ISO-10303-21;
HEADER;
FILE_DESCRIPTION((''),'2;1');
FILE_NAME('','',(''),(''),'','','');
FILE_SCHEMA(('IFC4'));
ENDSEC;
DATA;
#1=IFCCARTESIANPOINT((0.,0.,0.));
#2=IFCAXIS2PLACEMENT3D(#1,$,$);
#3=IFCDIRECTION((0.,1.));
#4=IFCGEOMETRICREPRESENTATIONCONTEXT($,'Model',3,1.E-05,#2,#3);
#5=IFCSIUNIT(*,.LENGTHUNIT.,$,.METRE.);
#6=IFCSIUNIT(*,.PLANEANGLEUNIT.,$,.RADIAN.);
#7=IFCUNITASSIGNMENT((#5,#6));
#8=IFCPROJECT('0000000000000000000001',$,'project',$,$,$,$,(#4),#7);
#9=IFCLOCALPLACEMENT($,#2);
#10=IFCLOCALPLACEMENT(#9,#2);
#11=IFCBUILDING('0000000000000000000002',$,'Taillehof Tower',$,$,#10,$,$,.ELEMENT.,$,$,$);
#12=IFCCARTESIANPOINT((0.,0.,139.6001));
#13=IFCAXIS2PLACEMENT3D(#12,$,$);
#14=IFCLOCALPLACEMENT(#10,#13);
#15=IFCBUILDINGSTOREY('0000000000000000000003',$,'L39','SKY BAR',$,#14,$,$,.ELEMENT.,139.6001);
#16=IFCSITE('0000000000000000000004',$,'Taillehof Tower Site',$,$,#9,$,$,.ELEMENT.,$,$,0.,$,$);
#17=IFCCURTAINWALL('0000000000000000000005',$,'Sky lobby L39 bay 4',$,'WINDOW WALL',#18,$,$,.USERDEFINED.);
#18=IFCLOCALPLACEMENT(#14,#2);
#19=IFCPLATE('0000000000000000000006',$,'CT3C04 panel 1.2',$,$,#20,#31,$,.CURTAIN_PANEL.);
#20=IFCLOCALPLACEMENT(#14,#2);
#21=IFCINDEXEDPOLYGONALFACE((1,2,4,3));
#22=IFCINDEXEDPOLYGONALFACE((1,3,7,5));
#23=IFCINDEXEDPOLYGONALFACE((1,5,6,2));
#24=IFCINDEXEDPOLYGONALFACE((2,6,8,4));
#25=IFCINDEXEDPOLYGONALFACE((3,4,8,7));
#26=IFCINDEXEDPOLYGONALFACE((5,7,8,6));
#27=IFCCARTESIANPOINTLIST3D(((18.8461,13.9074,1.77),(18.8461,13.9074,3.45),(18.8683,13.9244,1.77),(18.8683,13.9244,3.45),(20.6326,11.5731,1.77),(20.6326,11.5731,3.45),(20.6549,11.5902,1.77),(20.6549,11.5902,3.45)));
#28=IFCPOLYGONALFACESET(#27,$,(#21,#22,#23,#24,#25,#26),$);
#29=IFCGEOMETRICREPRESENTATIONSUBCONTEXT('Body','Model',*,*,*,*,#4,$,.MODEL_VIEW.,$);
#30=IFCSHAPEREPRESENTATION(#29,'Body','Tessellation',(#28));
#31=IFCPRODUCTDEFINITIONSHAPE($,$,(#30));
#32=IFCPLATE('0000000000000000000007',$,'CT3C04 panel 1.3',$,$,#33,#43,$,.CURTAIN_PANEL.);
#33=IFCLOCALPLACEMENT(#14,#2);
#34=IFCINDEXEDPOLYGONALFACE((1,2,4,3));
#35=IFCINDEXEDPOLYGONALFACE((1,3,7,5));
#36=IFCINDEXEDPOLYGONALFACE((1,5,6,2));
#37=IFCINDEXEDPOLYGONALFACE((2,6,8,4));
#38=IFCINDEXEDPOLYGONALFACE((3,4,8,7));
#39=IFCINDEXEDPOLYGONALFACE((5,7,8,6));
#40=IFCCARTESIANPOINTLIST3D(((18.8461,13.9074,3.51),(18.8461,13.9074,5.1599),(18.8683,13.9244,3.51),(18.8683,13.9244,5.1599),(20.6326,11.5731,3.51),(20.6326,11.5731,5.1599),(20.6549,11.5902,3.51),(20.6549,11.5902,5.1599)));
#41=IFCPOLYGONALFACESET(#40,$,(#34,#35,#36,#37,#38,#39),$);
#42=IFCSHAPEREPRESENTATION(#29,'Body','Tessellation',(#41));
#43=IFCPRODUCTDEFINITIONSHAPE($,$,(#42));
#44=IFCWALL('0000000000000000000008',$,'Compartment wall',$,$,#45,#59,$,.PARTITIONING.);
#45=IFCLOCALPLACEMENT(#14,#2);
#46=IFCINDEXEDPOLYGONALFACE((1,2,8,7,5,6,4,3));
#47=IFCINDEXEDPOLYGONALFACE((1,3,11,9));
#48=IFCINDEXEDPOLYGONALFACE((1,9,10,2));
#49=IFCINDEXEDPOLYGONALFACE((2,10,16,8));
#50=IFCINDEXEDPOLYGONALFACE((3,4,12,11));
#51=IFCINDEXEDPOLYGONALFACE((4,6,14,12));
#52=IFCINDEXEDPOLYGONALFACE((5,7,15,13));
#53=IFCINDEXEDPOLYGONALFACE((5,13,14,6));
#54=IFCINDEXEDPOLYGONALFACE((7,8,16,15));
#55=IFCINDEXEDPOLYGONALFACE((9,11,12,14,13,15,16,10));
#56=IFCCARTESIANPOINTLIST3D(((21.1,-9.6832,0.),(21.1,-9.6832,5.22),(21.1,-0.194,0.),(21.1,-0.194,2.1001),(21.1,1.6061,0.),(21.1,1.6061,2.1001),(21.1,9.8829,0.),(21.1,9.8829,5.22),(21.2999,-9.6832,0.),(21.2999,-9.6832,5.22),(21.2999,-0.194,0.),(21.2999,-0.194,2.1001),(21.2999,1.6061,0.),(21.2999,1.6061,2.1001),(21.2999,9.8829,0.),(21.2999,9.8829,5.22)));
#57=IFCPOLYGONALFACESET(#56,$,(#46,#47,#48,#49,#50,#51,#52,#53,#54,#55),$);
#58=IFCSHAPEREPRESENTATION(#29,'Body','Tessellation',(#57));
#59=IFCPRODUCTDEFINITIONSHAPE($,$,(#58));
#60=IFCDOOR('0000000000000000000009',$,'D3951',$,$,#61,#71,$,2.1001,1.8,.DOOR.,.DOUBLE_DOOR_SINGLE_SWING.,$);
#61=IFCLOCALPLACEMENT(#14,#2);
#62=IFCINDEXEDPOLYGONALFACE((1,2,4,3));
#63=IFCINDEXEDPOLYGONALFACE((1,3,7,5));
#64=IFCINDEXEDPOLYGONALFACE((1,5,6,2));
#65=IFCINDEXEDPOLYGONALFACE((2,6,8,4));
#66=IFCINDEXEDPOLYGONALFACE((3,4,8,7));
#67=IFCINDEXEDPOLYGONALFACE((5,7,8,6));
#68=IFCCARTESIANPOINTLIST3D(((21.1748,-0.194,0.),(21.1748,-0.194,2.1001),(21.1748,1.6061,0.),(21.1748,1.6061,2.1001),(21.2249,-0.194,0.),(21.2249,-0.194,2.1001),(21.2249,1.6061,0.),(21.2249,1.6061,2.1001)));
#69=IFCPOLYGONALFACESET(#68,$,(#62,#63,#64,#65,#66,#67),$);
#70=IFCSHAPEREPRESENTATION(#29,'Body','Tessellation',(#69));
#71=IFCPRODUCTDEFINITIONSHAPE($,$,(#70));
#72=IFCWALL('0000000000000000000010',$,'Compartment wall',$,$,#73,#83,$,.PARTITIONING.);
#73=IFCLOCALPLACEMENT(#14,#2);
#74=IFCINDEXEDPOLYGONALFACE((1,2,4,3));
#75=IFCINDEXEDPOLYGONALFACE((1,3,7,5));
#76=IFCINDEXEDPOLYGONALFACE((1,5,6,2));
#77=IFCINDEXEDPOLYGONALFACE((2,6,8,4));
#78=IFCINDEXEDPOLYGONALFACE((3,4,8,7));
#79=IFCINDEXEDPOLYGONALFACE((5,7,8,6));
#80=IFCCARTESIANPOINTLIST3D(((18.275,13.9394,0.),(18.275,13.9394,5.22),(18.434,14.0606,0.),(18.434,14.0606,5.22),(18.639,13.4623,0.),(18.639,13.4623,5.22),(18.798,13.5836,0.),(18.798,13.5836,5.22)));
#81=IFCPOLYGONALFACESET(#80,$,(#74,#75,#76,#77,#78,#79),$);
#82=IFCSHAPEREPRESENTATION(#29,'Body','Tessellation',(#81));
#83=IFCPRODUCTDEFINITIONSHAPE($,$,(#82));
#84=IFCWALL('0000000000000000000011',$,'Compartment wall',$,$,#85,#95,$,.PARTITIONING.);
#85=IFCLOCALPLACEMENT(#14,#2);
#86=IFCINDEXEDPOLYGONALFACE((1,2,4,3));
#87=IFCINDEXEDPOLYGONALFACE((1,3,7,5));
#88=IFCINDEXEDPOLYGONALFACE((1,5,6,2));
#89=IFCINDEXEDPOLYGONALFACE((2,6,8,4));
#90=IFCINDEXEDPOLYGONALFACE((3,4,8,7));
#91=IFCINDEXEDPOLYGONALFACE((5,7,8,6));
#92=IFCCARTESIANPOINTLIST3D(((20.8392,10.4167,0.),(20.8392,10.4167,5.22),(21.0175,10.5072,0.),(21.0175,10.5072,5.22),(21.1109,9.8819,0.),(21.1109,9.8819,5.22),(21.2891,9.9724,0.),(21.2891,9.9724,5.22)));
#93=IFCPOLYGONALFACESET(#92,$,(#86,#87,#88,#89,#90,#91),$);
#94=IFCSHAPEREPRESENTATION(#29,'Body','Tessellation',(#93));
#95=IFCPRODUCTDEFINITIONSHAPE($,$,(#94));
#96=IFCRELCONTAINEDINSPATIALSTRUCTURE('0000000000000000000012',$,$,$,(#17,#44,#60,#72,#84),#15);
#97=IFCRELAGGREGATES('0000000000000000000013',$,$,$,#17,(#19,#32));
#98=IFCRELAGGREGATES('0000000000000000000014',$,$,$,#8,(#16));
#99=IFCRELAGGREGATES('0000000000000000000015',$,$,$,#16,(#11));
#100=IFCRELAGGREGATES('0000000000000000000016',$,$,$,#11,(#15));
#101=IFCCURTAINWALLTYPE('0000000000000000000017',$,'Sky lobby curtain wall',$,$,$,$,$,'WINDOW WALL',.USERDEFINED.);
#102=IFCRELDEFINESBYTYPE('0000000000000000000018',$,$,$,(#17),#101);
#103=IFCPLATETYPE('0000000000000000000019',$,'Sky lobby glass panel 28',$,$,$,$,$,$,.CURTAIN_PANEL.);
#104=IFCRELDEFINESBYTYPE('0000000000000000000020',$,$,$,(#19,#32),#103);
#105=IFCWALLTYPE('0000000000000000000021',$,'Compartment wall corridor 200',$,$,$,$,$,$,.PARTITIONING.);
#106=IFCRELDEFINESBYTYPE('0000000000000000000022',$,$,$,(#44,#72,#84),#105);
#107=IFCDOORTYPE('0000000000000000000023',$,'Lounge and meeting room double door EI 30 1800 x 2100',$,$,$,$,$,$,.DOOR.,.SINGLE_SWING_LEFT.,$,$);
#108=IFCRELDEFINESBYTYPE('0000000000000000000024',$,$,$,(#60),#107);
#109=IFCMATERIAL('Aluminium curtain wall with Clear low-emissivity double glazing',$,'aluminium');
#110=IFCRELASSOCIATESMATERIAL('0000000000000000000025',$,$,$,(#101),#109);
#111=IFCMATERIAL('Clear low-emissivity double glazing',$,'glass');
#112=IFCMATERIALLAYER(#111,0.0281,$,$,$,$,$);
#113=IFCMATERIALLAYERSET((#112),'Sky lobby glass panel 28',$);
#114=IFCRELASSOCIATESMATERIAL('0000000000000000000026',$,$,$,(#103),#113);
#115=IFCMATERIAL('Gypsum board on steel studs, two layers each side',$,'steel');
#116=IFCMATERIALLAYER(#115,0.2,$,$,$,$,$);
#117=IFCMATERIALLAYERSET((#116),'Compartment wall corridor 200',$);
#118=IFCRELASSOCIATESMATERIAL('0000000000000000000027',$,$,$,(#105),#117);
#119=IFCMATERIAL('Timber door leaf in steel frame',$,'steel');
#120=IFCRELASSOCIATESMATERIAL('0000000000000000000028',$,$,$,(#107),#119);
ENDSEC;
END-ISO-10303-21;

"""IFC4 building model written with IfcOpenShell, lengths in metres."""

from ifc_helpers import new_model, si_unit, direction, frame, frame_2d, origin, origin_2d, place, context, subcontext, project, spatial, rectangle, extrude, material, layer, layer_set, type_object, element, fill, aggregate, save


model = new_model("IFC4")

# Units and contexts
model_context = context("Model", 3, precision=1e-05, world=origin(), true_north=direction((0.0, 1.0)))
body_context = subcontext(model_context, "Body", "Model", "MODEL_VIEW")
ifc_project = project(units=[si_unit("LENGTHUNIT", "METRE"), si_unit("PLANEANGLEUNIT", "RADIAN")], contexts=[model_context])

# Site, building, storey
site_placement = place(None, origin())
site = spatial("IfcSite", under=ifc_project, at=site_placement, Name="Taillehof Tower Site", CompositionType="ELEMENT", RefElevation=0.0)
building_placement = place(site_placement, origin())
building = spatial("IfcBuilding", under=site, at=building_placement, Name="Taillehof Tower", CompositionType="ELEMENT")
storey_placement = place(building_placement, frame((0.0, 0.0, 139.6001)))
storey = spatial("IfcBuildingStorey", under=building, at=storey_placement, Name="L39", Description="SKY BAR", CompositionType="ELEMENT", Elevation=139.6001)

# Shared definitions
ifc_material_1 = material(Name="Aluminium curtain wall with Clear low-emissivity double glazing", Category="aluminium")
curtain_wall_type = type_object("IfcCurtainWallType", Name="Sky lobby curtain wall", ElementType="WINDOW WALL", PredefinedType="USERDEFINED", material=ifc_material_1)

# Curtain wall
curtain_wall_1_placement = place(storey_placement, origin())
curtain_wall_1 = element("IfcCurtainWall", 1, at=curtain_wall_1_placement, inside=storey, type_object=curtain_wall_type, Name="Sky lobby L39 bay 4", ObjectType="WINDOW WALL", PredefinedType="USERDEFINED")

# Plates
ifc_material_2 = material(Name="Clear low-emissivity double glazing", Category="glass")
ifc_layer_1 = layer(ifc_material_2, 0.0281)
ifc_layer_set_1 = layer_set([ifc_layer_1], Name="Sky lobby glass panel 28")
plate_type = type_object("IfcPlateType", Name="Sky lobby glass panel 28", PredefinedType="CURTAIN_PANEL", material=ifc_layer_set_1)
plate_1_placement = place(storey_placement, frame((19.7505, 12.7488, 1.77), z_axis=(0.0, 0.0, 1.0), x_axis=(-0.607791, 0.794097, 0.0)))
plate_1 = element("IfcPlate", 2, at=plate_1_placement, type_object=plate_type, Name="CT3C04 panel 1.2", PredefinedType="CURTAIN_PANEL", context=body_context, shape_type="SweptSolid", body=[
    extrude(rectangle(XDim=2.9395, YDim=0.0281, at=origin_2d()), origin(), (0.0, 0.0, 1.0), 1.6799),
])
plate_2_placement = place(storey_placement, frame((19.7505, 12.7488, 3.51), z_axis=(0.0, 0.0, 1.0), x_axis=(-0.607791, 0.794097, 0.0)))
plate_2 = element("IfcPlate", 3, at=plate_2_placement, type_object=plate_type, Name="CT3C04 panel 1.3", PredefinedType="CURTAIN_PANEL", context=body_context, shape_type="SweptSolid", body=[
    extrude(rectangle(XDim=2.9395, YDim=0.0281, at=origin_2d()), origin(), (0.0, 0.0, 1.0), 1.6499),
])
aggregate(curtain_wall_1, [plate_1, plate_2])

# Wall, opening, door
ifc_material_3 = material(Name="Gypsum board on steel studs, two layers each side", Category="steel")
ifc_layer_2 = layer(ifc_material_3, 0.2)
ifc_layer_set_2 = layer_set([ifc_layer_2], Name="Compartment wall corridor 200")
wall_type = type_object("IfcWallType", Name="Compartment wall corridor 200", PredefinedType="PARTITIONING", material=ifc_layer_set_2)
wall_1_placement = place(storey_placement, frame((21.2, 9.8831, 0.0), z_axis=(0.0, 0.0, 1.0), x_axis=(0.0, -1.0, 0.0)))
wall_1 = element("IfcWall", 4, at=wall_1_placement, inside=storey, type_object=wall_type, Name="Compartment wall", PredefinedType="PARTITIONING", context=body_context, shape_type="SweptSolid", body=[
    extrude(rectangle(XDim=19.5662, YDim=0.2, at=frame_2d((9.7832, 0.0))), origin(), (0.0, 0.0, 1.0), 5.22),
])
opening_placement = place(wall_1_placement, frame((8.2771, 0.0, 0.0)))
opening = element("IfcOpeningElement", 5, at=opening_placement, cuts=wall_1, PredefinedType="OPENING", context=body_context, shape_type="SweptSolid", body=[
    extrude(rectangle(XDim=1.8, YDim=2.1001, at=frame_2d((0.8999, 1.05))), frame((0.0, 0.1099, 0.0), z_axis=(0.0, -1.0, 0.0), x_axis=(1.0, 0.0, 0.0)), (0.0, 0.0, 1.0), 0.22),
])
ifc_material_4 = material(Name="Timber door leaf in steel frame", Category="steel")
door_type = type_object("IfcDoorType", Name="Lounge and meeting room double door EI 30 1800 x 2100", OperationType="SINGLE_SWING_LEFT", PredefinedType="DOOR", material=ifc_material_4)
door_placement = place(opening_placement, origin())
door = element("IfcDoor", 6, at=door_placement, inside=storey, type_object=door_type, Name="D3951", OperationType="DOUBLE_DOOR_SINGLE_SWING", OverallHeight=2.1001, OverallWidth=1.8, PredefinedType="DOOR", context=body_context, shape_type="SweptSolid", body=[
    extrude(rectangle(XDim=1.8, YDim=2.1001, at=frame_2d((0.8999, 1.05))), frame((0.0, 0.0249, 0.0), z_axis=(0.0, -1.0, 0.0), x_axis=(1.0, 0.0, 0.0)), (0.0, 0.0, 1.0), 0.05),
])
fill(opening, door)

# Walls
wall_2_placement = place(storey_placement, frame((18.3545, 14.0, 0.0), z_axis=(0.0, 0.0, 1.0), x_axis=(0.606619, -0.794993, 0.0)))
element("IfcWall", 7, at=wall_2_placement, inside=storey, type_object=wall_type, Name="Compartment wall", PredefinedType="PARTITIONING", context=body_context, shape_type="SweptSolid", body=[
    extrude(rectangle(XDim=0.6001, YDim=0.2, at=frame_2d((0.3, 0.0))), origin(), (0.0, 0.0, 1.0), 5.22),
])
wall_3_placement = place(storey_placement, frame((21.2, 9.9272, 0.0), z_axis=(0.0, 0.0, 1.0), x_axis=(-0.452901, 0.891561, 0.0)))
element("IfcWall", 8, at=wall_3_placement, inside=storey, type_object=wall_type, Name="Compartment wall", PredefinedType="PARTITIONING", context=body_context, shape_type="SweptSolid", body=[
    extrude(rectangle(XDim=0.5999, YDim=0.2, at=frame_2d((0.2998, 0.0))), origin(), (0.0, 0.0, 1.0), 5.22),
])

save(model, "model.ifc")
